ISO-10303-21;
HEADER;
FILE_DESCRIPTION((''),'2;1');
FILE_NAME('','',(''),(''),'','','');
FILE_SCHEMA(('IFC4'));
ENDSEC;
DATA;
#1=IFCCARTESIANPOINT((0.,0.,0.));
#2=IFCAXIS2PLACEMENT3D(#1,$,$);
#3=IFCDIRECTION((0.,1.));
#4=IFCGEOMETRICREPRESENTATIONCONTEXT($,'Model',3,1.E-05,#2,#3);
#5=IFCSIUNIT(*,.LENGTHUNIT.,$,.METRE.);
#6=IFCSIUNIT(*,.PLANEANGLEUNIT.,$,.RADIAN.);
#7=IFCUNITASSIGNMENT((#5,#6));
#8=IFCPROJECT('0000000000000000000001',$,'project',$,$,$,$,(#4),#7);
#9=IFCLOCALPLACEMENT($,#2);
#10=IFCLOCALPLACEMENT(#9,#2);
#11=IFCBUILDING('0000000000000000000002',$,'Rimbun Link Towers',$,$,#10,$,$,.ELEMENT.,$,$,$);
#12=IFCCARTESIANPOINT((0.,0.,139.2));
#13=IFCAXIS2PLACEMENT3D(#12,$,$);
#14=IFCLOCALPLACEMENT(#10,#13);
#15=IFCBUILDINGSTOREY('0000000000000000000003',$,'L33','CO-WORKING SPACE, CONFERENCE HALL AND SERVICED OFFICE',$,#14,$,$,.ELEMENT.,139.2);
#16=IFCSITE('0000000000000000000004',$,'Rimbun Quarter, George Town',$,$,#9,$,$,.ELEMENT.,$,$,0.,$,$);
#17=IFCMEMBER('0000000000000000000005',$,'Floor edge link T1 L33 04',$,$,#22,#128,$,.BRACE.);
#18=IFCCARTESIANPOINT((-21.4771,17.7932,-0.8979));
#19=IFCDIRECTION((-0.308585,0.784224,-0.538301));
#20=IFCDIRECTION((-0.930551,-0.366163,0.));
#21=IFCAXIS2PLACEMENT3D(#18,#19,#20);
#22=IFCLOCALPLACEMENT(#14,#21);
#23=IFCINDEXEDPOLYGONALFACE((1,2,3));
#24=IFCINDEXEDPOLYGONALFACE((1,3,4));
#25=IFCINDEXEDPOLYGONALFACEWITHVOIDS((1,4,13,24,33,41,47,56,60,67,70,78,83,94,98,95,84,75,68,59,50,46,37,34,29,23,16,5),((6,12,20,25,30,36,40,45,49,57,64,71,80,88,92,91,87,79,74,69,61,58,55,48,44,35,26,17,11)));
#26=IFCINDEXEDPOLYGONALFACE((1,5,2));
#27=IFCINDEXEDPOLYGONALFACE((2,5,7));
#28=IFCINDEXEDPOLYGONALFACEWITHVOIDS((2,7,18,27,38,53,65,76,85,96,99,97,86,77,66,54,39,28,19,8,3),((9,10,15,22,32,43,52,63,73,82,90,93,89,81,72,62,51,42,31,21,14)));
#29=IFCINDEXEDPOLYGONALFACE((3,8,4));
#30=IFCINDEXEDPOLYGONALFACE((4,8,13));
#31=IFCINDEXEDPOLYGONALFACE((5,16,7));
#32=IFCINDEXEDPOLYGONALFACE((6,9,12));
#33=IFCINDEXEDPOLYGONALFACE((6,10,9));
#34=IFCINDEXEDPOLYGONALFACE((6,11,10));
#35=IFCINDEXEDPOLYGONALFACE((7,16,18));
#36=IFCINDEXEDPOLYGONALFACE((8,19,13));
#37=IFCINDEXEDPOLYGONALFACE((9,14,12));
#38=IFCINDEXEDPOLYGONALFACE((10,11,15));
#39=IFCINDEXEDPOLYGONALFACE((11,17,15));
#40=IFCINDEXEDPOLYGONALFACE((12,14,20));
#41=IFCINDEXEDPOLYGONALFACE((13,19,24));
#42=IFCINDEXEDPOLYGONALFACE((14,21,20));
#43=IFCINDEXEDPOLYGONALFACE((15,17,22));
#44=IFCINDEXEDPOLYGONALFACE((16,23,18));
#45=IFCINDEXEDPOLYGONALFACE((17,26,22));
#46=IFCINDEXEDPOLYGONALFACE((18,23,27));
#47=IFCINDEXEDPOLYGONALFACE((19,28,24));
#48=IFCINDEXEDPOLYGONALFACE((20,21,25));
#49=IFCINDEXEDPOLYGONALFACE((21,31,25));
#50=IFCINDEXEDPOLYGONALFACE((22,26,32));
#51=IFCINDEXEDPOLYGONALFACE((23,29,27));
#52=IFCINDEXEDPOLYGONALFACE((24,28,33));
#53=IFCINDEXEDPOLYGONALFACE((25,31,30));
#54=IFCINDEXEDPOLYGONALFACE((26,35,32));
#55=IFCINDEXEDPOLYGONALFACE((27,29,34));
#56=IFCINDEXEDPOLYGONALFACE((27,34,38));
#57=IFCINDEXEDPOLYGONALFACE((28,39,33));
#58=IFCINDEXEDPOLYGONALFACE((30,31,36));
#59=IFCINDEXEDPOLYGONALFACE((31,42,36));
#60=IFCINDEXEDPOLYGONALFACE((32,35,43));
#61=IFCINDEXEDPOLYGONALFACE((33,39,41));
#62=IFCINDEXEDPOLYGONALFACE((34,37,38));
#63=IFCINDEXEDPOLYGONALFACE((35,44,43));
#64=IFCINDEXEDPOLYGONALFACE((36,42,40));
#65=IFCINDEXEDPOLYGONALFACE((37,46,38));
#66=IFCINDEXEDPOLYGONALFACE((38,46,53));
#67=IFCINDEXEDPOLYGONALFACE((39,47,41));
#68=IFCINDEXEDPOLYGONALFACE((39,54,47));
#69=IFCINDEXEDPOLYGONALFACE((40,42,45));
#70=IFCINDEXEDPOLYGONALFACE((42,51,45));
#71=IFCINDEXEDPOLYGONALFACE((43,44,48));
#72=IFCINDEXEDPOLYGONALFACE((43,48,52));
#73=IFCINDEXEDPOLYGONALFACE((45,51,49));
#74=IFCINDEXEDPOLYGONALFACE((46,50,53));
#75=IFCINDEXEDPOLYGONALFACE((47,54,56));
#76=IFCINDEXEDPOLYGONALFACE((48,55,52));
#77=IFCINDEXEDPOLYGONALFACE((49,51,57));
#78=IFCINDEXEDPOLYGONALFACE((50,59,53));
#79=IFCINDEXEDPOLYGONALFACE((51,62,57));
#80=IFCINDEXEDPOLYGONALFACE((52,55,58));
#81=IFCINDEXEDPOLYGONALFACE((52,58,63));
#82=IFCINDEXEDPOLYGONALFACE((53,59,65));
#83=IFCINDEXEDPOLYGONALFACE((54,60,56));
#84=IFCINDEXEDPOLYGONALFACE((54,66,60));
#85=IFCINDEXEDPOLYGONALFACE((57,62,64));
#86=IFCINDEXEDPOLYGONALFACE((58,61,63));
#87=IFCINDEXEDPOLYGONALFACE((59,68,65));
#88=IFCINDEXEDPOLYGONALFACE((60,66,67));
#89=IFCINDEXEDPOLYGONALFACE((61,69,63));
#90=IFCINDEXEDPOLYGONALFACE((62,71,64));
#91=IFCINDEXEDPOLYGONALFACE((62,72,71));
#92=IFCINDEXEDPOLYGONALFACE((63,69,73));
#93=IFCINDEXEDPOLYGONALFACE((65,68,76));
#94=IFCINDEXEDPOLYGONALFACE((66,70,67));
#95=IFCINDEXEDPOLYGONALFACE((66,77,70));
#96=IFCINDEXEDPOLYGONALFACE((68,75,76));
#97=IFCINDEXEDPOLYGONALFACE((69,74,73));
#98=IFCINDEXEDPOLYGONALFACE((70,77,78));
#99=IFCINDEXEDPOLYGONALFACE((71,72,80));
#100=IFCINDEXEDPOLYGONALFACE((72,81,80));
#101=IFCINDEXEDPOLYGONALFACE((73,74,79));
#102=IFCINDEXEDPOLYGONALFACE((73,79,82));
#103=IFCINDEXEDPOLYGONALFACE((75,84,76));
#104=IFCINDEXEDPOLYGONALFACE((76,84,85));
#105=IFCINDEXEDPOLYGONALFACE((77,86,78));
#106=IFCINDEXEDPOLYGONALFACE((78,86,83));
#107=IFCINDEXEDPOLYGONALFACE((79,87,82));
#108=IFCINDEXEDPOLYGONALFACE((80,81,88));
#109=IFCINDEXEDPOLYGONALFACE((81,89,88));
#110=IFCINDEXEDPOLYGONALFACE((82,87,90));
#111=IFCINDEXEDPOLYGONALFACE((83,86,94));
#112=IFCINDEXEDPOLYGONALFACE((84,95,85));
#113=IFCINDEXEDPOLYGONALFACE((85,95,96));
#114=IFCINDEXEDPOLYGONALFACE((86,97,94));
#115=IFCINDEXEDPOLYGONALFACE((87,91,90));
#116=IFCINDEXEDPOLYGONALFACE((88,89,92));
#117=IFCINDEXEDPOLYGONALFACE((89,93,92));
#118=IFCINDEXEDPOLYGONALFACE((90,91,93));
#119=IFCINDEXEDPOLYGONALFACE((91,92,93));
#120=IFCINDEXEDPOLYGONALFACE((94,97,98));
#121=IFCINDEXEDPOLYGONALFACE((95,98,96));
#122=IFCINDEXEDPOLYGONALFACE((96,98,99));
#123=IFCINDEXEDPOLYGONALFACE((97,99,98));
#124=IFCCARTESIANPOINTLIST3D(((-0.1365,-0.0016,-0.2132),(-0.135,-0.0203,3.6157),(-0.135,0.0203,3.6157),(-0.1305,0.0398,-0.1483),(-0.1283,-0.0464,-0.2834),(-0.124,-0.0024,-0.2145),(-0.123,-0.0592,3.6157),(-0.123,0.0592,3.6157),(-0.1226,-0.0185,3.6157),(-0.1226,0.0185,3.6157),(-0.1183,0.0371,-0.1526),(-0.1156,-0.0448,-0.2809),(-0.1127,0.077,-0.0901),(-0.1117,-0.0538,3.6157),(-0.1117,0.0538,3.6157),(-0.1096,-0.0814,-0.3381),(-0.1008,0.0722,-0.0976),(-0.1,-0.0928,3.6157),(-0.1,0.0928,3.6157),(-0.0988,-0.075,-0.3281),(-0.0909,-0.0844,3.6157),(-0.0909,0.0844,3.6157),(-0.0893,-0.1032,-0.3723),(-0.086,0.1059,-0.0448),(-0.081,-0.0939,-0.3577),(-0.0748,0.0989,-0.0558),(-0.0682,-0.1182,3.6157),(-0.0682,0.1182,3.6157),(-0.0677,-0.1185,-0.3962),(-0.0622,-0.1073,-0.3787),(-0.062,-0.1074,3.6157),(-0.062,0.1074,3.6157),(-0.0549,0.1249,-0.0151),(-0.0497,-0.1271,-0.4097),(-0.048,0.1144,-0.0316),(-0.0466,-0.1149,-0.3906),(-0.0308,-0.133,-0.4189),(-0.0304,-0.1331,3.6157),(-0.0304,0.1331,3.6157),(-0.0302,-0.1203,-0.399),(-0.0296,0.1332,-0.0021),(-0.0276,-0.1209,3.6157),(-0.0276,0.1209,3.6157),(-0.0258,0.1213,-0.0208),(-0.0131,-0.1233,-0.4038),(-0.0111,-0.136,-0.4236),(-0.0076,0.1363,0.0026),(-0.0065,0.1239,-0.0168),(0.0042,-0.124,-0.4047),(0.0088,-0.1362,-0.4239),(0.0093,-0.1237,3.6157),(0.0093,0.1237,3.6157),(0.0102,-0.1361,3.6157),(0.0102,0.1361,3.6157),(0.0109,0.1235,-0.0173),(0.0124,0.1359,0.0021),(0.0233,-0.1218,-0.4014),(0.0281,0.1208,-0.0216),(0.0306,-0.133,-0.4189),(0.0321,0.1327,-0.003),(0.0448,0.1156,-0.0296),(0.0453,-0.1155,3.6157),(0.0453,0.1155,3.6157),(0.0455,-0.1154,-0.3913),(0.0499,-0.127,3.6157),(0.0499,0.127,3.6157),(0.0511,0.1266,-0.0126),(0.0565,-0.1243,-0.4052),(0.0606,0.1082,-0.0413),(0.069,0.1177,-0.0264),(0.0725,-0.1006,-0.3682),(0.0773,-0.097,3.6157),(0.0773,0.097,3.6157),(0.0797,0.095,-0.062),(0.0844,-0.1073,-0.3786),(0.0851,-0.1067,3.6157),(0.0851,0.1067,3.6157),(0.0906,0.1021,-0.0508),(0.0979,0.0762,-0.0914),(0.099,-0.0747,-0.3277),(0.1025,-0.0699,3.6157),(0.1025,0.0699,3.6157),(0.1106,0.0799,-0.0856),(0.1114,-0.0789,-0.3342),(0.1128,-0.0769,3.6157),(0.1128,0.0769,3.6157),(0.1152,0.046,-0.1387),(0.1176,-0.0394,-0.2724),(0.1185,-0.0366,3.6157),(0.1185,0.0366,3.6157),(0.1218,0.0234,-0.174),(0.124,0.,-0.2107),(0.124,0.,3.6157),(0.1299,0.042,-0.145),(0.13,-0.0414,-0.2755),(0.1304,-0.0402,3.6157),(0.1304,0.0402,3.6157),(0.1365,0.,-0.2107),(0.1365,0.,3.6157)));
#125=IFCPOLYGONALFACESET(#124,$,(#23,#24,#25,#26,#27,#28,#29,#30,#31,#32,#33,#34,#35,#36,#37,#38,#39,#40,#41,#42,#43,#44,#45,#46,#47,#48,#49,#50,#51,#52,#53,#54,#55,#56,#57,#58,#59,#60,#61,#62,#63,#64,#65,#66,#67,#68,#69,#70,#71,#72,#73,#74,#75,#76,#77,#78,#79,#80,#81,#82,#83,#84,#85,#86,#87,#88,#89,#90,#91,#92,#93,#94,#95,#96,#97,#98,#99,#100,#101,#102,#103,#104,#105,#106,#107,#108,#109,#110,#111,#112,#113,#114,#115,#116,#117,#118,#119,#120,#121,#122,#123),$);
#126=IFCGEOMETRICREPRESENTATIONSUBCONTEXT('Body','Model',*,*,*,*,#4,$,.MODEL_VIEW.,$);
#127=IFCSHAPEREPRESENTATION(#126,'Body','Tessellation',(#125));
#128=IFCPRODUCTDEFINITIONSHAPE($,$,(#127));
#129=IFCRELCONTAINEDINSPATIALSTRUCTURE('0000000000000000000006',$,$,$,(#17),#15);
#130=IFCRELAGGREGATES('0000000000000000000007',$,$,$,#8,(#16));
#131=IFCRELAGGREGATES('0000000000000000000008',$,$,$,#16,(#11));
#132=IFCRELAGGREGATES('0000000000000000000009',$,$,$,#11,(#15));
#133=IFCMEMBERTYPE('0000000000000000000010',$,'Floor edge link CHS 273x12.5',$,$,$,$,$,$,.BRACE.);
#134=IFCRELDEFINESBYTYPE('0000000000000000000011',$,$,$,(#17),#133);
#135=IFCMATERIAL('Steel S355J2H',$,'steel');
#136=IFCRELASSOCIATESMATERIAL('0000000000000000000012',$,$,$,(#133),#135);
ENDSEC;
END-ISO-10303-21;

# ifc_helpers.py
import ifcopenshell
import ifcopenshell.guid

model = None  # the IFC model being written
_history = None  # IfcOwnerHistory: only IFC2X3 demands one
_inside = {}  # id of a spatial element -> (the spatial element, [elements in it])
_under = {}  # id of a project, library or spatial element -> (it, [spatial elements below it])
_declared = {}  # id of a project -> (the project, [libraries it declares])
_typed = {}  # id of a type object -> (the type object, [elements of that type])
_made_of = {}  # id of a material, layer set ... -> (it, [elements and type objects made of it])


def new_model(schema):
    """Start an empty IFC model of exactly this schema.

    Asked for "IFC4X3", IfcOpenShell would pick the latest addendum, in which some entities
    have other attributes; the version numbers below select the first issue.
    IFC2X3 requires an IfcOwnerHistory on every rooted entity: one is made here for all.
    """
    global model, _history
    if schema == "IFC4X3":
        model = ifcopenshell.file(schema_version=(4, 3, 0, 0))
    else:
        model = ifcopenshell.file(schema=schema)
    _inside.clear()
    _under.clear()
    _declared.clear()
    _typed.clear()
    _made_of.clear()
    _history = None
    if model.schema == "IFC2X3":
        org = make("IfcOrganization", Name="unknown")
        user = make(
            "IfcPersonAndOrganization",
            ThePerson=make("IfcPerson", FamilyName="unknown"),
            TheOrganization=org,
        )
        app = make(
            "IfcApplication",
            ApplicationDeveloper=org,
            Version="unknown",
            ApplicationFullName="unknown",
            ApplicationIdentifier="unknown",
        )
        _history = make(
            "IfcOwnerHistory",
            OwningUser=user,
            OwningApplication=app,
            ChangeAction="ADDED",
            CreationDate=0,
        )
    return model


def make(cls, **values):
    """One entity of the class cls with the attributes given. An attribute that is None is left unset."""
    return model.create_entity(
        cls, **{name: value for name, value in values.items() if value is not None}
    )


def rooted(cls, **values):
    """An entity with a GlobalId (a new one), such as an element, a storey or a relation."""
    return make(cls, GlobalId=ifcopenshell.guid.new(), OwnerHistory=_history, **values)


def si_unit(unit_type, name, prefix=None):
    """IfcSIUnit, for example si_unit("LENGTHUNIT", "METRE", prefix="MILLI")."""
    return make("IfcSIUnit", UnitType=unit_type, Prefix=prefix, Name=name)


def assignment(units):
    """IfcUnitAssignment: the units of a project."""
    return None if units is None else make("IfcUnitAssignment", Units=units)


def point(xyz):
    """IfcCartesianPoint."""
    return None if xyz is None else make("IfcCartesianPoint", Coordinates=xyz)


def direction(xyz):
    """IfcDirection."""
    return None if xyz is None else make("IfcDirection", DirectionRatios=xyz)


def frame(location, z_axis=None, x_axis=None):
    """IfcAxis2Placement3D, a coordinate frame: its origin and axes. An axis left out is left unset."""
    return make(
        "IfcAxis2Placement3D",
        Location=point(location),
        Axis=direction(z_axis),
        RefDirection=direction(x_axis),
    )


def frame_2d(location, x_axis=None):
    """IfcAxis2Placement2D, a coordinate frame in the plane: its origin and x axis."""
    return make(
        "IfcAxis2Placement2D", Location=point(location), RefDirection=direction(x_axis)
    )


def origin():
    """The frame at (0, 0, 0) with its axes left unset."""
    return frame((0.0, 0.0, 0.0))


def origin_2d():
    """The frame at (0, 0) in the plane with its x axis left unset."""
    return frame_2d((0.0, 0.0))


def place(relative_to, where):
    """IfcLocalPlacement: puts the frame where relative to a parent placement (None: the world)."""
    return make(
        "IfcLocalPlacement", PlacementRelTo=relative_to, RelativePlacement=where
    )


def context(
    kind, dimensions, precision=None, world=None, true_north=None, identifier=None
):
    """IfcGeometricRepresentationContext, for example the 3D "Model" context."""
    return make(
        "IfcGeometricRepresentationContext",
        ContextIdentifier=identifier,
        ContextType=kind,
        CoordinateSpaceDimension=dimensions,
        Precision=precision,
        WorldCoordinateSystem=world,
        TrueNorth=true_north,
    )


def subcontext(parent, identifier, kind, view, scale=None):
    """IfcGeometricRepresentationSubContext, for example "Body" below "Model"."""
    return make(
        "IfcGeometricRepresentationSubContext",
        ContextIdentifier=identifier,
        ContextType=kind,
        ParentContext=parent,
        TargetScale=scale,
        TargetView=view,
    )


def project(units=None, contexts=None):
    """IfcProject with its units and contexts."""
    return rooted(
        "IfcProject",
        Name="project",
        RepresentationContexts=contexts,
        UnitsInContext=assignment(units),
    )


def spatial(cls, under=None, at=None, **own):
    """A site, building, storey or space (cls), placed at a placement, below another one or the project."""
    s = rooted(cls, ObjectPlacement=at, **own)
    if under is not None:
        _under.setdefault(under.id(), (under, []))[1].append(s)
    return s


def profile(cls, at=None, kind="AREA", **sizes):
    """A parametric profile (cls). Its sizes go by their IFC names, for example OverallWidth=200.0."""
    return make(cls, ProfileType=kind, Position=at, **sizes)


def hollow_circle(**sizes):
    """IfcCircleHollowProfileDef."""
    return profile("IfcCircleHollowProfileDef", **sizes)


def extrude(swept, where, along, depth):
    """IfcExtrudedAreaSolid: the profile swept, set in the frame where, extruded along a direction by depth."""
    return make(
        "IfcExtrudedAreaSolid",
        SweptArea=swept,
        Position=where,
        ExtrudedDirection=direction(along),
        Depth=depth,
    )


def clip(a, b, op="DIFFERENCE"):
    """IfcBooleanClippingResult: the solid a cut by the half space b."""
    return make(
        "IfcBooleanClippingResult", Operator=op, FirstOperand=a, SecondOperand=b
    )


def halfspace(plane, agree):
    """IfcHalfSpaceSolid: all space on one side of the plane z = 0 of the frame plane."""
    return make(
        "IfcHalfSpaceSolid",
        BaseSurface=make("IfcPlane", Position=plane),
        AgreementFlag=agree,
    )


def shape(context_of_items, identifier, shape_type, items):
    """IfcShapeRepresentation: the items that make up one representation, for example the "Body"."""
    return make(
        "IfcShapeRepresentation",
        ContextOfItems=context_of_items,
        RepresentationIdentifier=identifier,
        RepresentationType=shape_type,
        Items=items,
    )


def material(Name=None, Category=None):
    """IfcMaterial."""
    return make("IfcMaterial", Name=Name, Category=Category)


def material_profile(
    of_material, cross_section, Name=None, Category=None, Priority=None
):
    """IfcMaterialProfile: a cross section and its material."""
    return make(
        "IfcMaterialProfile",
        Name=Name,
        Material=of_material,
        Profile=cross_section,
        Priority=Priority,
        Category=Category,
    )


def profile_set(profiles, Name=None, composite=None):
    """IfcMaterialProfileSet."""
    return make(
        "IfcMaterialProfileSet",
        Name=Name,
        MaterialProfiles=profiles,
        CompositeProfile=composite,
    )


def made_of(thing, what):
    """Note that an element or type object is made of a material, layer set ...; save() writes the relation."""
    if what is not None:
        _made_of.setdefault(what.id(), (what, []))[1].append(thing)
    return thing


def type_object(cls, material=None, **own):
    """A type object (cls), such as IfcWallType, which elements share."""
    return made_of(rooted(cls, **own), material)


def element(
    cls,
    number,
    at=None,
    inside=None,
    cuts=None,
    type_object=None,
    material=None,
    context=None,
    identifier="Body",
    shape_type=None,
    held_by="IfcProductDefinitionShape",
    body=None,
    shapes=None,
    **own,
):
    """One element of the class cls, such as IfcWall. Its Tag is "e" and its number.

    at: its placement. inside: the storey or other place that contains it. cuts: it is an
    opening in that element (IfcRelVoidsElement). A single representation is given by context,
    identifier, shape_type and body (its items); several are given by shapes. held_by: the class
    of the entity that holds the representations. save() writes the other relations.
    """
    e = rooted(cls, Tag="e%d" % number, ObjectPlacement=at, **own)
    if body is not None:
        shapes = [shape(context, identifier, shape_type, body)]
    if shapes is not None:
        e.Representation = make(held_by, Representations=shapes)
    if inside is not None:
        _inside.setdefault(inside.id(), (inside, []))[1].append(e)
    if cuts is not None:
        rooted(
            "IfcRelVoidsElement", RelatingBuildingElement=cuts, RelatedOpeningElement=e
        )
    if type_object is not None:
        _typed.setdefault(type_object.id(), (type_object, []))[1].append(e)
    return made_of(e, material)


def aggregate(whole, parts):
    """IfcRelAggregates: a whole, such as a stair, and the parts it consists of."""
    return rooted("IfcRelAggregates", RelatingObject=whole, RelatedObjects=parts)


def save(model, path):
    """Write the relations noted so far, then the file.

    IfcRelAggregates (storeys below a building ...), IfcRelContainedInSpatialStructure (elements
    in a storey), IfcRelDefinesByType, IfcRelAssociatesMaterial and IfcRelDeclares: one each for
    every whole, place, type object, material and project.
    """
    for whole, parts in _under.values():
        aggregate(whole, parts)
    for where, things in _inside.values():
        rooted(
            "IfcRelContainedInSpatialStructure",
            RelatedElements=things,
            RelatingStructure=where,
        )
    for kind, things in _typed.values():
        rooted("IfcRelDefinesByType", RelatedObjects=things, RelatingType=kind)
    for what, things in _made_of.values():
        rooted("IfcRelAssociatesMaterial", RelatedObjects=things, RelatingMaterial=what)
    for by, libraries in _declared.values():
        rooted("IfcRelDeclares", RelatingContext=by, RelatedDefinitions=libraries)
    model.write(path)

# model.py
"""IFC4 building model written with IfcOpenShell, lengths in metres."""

from ifc_helpers import new_model, si_unit, direction, frame, origin, origin_2d, place, context, subcontext, project, spatial, hollow_circle, extrude, clip, halfspace, material, material_profile, profile_set, type_object, element, save


model = new_model("IFC4")

# Units and contexts
model_context = context("Model", 3, precision=1e-05, world=origin(), true_north=direction((0.0, 1.0)))
body_context = subcontext(model_context, "Body", "Model", "MODEL_VIEW")
ifc_project = project(units=[si_unit("LENGTHUNIT", "METRE"), si_unit("PLANEANGLEUNIT", "RADIAN")], contexts=[model_context])

# Site, building, storey
site_placement = place(None, origin())
site = spatial("IfcSite", under=ifc_project, at=site_placement, Name="Rimbun Quarter, George Town", CompositionType="ELEMENT", RefElevation=0.0)
building_placement = place(site_placement, origin())
building = spatial("IfcBuilding", under=site, at=building_placement, Name="Rimbun Link Towers", CompositionType="ELEMENT")
storey_placement = place(building_placement, frame((0.0, 0.0, 139.2)))
storey = spatial("IfcBuildingStorey", under=building, at=storey_placement, Name="L33", Description="CO-WORKING SPACE, CONFERENCE HALL AND SERVICED OFFICE", CompositionType="ELEMENT", Elevation=139.2)

# Member
ifc_material_1 = material(Name="Steel S355J2H", Category="steel")
ifc_material_profile_1 = material_profile(ifc_material_1, hollow_circle(Radius=0.1365, WallThickness=0.0125, at=origin_2d()), Name="CHS 273x12.5")
ifc_profile_set_1 = profile_set([ifc_material_profile_1], Name="Steel S355J2H")
member_type_1 = type_object("IfcMemberType", Name="Floor edge link CHS 273x12.5", PredefinedType="BRACE", material=ifc_profile_set_1)
member_1_placement = place(storey_placement, frame((-21.4771, 17.7932, -0.8979), z_axis=(-0.308585, 0.784224, -0.538301), x_axis=(-0.930551, -0.366163, 0.0)))
element("IfcMember", 1, at=member_1_placement, inside=storey, type_object=member_type_1, Name="Floor edge link T1 L33 04", PredefinedType="BRACE", context=body_context, shape_type="Clipping", body=[
    clip(extrude(hollow_circle(Radius=0.1365, WallThickness=0.0125, at=origin_2d()), frame((0.0, 0.0, -0.4458)), (0.0, 0.0, 1.0), 4.0615), halfspace(frame((0.0, 0.0, -0.2107), z_axis=(0.0, 0.842752, -0.538301)), False)),
])

save(model, "model.ifc")
